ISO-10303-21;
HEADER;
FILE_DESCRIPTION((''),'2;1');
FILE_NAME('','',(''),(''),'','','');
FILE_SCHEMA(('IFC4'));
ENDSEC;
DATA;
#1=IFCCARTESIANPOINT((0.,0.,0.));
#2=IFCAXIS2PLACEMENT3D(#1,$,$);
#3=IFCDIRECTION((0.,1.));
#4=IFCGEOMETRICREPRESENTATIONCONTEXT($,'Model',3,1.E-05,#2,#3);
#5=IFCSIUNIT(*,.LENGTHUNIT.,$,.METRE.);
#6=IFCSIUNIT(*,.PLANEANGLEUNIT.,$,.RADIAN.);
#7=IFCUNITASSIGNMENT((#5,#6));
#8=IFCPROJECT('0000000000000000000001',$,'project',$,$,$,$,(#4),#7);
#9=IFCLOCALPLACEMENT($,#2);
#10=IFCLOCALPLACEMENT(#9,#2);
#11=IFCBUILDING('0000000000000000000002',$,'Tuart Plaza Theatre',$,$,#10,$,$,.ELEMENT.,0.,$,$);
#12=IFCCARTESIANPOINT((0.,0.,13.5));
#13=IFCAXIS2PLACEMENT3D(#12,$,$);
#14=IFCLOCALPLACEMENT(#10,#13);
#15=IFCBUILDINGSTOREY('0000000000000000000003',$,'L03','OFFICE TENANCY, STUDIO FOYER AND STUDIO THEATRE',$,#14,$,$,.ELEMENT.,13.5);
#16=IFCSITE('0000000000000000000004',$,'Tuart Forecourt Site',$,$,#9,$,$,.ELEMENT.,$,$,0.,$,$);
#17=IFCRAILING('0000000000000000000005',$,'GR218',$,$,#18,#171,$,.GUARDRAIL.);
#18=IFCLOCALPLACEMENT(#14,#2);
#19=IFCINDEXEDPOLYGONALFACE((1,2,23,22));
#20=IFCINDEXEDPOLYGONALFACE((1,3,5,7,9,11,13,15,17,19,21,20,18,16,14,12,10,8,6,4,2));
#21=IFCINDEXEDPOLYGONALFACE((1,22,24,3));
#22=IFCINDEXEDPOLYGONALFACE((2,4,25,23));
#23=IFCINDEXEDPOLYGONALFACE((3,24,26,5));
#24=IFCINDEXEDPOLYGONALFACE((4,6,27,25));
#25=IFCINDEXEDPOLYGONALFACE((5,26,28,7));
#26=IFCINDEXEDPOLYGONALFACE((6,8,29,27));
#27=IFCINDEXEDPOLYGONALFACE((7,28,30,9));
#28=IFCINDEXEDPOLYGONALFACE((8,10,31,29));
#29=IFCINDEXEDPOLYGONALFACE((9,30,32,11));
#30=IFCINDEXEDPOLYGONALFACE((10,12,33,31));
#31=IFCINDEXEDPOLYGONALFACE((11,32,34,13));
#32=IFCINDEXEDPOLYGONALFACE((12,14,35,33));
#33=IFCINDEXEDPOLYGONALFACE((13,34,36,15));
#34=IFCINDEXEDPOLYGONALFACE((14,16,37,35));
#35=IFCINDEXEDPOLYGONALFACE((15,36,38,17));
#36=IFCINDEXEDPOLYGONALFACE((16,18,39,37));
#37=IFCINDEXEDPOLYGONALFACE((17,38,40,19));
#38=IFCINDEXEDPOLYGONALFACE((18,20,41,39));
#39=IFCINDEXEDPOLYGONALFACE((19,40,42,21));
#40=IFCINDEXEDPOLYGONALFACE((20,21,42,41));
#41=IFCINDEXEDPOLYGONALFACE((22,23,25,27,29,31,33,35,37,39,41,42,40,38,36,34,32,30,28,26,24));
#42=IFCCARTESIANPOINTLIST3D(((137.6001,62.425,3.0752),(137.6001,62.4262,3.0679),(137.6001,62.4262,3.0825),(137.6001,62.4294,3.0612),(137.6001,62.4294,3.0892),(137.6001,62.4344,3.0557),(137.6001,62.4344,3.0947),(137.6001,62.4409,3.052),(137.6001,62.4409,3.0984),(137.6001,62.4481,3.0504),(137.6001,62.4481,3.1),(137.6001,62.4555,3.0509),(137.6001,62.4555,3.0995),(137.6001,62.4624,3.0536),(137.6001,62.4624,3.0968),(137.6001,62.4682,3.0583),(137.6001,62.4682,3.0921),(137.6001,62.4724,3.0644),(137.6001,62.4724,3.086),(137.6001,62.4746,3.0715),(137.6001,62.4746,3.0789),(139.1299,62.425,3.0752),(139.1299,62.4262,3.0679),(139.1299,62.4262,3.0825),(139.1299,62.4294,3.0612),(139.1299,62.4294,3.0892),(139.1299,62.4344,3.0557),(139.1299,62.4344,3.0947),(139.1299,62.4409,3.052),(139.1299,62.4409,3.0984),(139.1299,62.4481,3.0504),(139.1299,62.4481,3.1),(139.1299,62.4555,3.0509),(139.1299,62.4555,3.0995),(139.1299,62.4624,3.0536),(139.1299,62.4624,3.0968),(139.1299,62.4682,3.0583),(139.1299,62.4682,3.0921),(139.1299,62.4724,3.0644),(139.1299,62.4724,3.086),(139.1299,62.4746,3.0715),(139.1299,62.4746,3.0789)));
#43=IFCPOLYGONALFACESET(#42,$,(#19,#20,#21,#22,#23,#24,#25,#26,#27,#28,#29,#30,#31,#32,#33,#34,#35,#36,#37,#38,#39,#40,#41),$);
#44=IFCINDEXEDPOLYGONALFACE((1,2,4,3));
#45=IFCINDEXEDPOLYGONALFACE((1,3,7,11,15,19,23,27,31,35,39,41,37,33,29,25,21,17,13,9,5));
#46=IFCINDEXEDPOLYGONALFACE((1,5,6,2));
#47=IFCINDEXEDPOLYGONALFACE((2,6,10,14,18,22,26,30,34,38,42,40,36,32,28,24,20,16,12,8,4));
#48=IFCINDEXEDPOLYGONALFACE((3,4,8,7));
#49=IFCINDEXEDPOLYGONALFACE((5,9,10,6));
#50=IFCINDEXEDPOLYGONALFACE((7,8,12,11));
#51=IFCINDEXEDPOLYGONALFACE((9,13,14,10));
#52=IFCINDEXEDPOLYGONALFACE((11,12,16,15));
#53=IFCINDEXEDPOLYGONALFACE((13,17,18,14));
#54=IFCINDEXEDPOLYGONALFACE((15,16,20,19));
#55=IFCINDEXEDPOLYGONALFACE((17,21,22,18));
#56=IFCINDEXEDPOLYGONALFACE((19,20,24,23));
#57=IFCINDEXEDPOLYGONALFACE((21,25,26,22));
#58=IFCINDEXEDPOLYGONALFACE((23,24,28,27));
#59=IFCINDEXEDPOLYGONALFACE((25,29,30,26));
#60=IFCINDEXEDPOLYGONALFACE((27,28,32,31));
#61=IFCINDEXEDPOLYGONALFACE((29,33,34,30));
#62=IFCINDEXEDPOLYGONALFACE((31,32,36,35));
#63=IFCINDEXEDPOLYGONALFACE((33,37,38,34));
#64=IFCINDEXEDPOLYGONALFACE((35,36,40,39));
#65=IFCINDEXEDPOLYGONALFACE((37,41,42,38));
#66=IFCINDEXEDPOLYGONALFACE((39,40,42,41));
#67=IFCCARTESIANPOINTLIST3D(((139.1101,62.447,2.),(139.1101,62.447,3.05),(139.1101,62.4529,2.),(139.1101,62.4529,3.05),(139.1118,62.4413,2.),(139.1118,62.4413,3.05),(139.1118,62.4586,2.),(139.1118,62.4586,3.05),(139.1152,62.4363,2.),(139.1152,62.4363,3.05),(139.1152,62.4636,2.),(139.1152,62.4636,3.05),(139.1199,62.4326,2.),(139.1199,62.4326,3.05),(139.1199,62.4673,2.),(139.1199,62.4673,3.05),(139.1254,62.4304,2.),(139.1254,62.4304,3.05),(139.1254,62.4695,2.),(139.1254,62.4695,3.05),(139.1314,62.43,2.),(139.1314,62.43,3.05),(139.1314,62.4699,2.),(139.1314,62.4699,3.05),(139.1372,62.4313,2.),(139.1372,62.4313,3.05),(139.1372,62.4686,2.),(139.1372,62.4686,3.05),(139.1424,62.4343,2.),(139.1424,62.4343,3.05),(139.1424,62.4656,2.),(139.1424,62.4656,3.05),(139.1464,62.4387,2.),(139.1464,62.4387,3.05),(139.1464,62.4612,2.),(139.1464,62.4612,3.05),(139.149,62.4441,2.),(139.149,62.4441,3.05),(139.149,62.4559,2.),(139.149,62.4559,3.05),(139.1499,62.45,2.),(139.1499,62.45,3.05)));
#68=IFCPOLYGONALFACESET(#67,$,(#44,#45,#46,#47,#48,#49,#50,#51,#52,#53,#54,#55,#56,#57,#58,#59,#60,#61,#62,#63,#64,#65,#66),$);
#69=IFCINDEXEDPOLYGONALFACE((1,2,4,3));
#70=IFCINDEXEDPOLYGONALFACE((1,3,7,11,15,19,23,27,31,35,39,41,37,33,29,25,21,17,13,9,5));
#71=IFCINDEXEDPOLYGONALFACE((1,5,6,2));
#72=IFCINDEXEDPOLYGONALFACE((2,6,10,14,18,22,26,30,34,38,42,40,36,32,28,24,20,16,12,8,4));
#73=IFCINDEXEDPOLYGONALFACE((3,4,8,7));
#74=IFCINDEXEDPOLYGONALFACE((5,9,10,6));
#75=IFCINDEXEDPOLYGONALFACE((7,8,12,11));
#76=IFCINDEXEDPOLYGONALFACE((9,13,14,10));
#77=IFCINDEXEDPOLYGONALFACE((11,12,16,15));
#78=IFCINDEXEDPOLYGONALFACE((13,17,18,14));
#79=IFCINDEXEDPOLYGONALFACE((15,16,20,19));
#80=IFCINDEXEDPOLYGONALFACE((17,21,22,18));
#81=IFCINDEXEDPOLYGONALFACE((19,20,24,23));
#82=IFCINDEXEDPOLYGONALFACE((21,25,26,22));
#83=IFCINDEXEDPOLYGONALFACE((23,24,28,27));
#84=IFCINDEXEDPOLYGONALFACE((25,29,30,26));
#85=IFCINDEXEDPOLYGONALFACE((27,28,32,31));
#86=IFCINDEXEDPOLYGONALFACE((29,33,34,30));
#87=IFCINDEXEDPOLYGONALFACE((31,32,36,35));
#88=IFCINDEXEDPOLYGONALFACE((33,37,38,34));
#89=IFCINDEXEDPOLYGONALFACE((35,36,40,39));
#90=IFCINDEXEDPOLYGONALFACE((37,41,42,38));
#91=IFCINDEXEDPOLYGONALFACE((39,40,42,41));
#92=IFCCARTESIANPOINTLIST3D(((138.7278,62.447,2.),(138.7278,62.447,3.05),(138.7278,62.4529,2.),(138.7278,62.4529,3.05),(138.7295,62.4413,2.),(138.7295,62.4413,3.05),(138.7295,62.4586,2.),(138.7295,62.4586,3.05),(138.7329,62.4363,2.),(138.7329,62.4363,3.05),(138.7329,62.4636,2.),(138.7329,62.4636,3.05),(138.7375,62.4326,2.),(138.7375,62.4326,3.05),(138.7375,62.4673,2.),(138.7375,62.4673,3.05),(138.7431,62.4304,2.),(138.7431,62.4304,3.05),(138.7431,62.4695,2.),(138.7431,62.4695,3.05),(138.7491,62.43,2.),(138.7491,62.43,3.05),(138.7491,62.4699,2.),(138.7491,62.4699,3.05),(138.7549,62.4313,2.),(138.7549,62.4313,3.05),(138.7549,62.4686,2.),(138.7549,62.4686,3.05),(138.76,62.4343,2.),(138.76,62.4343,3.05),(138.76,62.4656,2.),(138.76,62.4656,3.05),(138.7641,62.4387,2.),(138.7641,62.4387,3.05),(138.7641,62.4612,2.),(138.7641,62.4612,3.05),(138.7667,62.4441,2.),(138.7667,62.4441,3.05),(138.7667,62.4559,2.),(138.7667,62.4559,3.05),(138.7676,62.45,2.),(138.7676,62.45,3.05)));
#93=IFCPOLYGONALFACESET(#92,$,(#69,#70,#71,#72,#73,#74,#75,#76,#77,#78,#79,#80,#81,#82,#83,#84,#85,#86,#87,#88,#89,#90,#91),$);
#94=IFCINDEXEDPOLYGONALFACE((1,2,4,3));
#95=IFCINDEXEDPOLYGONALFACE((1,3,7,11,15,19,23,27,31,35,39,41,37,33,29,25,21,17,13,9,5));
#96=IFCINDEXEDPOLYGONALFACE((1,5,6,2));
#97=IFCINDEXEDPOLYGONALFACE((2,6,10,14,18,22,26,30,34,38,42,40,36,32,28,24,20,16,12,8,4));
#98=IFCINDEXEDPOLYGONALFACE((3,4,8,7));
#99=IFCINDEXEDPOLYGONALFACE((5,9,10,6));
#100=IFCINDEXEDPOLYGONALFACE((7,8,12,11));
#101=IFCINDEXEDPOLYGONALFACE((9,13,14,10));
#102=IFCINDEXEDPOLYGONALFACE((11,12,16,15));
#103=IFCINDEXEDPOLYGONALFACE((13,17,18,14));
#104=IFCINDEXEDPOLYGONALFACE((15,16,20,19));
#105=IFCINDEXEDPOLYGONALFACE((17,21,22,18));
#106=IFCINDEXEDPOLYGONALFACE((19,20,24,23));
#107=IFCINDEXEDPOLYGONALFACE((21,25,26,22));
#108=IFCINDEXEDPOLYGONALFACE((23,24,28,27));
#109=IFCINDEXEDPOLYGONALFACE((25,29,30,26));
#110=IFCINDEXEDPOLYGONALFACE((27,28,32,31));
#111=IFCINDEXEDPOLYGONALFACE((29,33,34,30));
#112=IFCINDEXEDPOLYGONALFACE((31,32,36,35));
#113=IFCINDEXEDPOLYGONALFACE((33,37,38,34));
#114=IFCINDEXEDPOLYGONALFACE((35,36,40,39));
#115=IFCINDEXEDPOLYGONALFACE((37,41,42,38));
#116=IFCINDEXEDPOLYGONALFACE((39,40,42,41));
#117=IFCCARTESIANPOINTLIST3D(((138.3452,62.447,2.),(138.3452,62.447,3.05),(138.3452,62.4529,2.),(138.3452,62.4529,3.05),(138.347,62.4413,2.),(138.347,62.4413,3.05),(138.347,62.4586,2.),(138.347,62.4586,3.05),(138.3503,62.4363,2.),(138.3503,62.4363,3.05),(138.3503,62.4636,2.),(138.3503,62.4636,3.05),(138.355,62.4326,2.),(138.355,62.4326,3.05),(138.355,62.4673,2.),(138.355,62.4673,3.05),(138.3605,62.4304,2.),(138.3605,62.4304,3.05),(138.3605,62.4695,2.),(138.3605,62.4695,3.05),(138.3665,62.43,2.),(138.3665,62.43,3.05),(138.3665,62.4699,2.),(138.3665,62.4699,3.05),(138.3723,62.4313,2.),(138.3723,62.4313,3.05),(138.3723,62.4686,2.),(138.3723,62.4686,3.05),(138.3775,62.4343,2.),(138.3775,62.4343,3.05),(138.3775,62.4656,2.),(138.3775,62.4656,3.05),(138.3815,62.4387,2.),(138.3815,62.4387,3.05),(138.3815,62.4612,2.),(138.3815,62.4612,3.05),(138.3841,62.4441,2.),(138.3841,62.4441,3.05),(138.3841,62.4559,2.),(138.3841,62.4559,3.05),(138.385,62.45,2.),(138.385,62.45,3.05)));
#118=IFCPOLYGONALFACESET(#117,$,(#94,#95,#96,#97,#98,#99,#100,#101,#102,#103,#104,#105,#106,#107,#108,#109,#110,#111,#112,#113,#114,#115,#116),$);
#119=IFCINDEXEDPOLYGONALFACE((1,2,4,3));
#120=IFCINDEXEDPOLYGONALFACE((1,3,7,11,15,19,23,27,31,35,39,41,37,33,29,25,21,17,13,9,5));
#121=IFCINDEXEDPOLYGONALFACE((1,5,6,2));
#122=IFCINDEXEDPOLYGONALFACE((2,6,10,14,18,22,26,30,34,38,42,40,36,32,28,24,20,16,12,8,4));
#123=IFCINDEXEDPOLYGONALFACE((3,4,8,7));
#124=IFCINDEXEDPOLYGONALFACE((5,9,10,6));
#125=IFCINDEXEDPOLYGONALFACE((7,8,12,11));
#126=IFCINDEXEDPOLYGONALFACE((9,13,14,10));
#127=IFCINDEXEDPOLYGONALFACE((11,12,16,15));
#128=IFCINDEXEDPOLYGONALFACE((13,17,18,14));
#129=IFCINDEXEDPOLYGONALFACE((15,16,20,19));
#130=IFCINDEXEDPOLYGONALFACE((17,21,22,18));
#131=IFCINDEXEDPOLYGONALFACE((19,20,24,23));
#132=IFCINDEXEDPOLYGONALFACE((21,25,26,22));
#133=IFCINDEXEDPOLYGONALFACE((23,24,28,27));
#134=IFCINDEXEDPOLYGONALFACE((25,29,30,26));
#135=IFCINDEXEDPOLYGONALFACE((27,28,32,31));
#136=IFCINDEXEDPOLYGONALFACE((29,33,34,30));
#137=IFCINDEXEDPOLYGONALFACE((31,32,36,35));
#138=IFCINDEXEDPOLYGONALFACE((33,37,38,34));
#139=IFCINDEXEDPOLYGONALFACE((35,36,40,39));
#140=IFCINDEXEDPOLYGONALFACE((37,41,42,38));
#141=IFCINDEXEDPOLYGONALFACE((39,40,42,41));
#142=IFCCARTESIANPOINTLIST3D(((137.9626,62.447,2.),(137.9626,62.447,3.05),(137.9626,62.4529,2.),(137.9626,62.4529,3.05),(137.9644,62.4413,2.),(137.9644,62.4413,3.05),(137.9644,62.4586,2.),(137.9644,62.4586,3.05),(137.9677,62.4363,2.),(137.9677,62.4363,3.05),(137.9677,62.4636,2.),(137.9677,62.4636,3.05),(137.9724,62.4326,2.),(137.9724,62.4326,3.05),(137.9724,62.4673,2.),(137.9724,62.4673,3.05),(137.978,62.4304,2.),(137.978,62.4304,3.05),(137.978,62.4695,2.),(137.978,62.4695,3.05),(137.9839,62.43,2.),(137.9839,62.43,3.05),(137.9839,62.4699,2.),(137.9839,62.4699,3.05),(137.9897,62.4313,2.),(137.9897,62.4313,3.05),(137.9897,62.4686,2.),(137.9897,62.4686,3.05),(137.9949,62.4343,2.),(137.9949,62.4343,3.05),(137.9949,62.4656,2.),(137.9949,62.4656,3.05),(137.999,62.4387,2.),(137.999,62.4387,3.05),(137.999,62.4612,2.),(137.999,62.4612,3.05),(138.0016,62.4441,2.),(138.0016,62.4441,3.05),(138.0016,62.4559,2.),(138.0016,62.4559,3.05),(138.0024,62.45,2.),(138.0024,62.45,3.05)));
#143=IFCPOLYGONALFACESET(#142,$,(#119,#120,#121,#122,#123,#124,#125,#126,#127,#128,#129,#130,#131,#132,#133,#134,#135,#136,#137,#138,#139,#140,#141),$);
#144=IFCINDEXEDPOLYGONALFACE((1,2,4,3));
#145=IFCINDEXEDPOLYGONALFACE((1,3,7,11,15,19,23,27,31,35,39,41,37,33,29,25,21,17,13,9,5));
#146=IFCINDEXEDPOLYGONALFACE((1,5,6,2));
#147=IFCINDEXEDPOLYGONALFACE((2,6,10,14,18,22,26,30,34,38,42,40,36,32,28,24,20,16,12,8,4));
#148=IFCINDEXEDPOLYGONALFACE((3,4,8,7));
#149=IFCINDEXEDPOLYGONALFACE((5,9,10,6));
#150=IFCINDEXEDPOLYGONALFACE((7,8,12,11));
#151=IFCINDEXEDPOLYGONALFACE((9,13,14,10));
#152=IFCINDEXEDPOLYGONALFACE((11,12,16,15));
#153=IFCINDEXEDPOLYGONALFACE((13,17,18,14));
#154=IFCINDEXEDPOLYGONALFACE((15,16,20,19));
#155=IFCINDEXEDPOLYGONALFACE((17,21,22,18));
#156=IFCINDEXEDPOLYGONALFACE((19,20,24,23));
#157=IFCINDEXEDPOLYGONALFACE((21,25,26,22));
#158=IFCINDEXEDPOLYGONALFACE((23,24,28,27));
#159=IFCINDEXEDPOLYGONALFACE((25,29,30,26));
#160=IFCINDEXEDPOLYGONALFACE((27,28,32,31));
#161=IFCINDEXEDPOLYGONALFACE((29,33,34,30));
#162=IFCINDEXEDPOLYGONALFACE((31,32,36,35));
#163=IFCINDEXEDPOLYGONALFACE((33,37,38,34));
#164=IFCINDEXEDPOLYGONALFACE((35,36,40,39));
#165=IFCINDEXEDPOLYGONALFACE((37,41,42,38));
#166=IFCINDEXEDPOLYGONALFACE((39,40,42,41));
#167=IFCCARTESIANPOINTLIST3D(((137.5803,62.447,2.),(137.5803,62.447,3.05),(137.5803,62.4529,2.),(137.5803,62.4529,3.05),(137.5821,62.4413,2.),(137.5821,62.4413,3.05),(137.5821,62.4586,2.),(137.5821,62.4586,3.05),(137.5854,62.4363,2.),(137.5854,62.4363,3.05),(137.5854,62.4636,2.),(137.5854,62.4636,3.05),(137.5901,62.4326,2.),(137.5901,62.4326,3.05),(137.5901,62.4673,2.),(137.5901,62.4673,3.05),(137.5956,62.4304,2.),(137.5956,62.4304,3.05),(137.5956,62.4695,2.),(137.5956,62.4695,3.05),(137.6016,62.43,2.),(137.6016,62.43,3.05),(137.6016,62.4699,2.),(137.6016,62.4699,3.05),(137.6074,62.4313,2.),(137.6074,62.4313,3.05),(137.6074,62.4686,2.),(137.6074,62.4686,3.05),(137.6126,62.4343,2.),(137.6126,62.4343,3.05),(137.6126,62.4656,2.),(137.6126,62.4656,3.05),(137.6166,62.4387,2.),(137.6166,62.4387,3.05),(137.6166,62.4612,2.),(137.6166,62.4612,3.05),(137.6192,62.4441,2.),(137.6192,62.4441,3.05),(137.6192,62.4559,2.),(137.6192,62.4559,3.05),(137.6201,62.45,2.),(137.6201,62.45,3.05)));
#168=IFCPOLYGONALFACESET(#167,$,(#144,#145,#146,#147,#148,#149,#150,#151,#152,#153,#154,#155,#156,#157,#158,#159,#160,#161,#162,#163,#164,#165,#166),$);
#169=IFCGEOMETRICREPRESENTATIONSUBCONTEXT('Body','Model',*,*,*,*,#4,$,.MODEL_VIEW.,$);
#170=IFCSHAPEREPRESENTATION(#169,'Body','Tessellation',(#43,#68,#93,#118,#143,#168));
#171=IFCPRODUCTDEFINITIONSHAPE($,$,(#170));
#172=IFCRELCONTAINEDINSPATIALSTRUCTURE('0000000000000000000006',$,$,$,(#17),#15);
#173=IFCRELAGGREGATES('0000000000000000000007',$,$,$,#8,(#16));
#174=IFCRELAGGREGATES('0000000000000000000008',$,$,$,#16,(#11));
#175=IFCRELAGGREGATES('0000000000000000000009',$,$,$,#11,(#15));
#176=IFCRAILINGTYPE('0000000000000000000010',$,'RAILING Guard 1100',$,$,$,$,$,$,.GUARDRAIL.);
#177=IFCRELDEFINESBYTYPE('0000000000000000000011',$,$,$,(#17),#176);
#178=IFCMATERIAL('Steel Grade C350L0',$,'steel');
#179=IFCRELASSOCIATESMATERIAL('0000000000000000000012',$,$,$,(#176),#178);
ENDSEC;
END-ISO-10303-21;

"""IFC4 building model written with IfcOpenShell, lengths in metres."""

from ifc_helpers import new_model, si_unit, direction, frame, origin, origin_2d, place, context, subcontext, project, spatial, circle, extrude, material, type_object, element, save


model = new_model("IFC4")

# Units and contexts
model_context = context("Model", 3, precision=1e-05, world=origin(), true_north=direction((0.0, 1.0)))
body_context = subcontext(model_context, "Body", "Model", "MODEL_VIEW")
ifc_project = project(units=[si_unit("LENGTHUNIT", "METRE"), si_unit("PLANEANGLEUNIT", "RADIAN")], contexts=[model_context])

# Site, building, storey
site_placement = place(None, origin())
site = spatial("IfcSite", under=ifc_project, at=site_placement, Name="Tuart Forecourt Site", CompositionType="ELEMENT", RefElevation=0.0)
building_placement = place(site_placement, origin())
building = spatial("IfcBuilding", under=site, at=building_placement, Name="Tuart Plaza Theatre", CompositionType="ELEMENT", ElevationOfRefHeight=0.0)
storey_placement = place(building_placement, frame((0.0, 0.0, 13.5)))
storey = spatial("IfcBuildingStorey", under=building, at=storey_placement, Name="L03", Description="OFFICE TENANCY, STUDIO FOYER AND STUDIO THEATRE", CompositionType="ELEMENT", Elevation=13.5)

# Railing
ifc_material_1 = material(Name="Steel Grade C350L0", Category="steel")
railing_type_1 = type_object("IfcRailingType", Name="RAILING Guard 1100", PredefinedType="GUARDRAIL", material=ifc_material_1)
railing_1_placement = place(storey_placement, frame((139.1299, 62.45, 2.0)))
element("IfcRailing", 1, at=railing_1_placement, inside=storey, type_object=railing_type_1, Name="GR218", PredefinedType="GUARDRAIL", context=body_context, shape_type="SweptSolid", body=[
    extrude(circle(Radius=0.0249, at=origin_2d()), frame((0.0, 0.0, 1.0752), z_axis=(-1.0, 0.0, 0.0), x_axis=(0.0, -1.0, 0.0)), (0.0, 0.0, 1.0), 1.5298),
    extrude(circle(Radius=0.02, at=origin_2d()), origin(), (0.0, 0.0, 1.0), 1.05),
    extrude(circle(Radius=0.02, at=origin_2d()), frame((-0.3823, 0.0, 0.0)), (0.0, 0.0, 1.0), 1.05),
    extrude(circle(Radius=0.02, at=origin_2d()), frame((-0.7649, 0.0, 0.0)), (0.0, 0.0, 1.0), 1.05),
    extrude(circle(Radius=0.02, at=origin_2d()), frame((-1.1475, 0.0, 0.0)), (0.0, 0.0, 1.0), 1.05),
    extrude(circle(Radius=0.02, at=origin_2d()), frame((-1.5298, 0.0, 0.0)), (0.0, 0.0, 1.0), 1.05),
])

save(model, "model.ifc")
